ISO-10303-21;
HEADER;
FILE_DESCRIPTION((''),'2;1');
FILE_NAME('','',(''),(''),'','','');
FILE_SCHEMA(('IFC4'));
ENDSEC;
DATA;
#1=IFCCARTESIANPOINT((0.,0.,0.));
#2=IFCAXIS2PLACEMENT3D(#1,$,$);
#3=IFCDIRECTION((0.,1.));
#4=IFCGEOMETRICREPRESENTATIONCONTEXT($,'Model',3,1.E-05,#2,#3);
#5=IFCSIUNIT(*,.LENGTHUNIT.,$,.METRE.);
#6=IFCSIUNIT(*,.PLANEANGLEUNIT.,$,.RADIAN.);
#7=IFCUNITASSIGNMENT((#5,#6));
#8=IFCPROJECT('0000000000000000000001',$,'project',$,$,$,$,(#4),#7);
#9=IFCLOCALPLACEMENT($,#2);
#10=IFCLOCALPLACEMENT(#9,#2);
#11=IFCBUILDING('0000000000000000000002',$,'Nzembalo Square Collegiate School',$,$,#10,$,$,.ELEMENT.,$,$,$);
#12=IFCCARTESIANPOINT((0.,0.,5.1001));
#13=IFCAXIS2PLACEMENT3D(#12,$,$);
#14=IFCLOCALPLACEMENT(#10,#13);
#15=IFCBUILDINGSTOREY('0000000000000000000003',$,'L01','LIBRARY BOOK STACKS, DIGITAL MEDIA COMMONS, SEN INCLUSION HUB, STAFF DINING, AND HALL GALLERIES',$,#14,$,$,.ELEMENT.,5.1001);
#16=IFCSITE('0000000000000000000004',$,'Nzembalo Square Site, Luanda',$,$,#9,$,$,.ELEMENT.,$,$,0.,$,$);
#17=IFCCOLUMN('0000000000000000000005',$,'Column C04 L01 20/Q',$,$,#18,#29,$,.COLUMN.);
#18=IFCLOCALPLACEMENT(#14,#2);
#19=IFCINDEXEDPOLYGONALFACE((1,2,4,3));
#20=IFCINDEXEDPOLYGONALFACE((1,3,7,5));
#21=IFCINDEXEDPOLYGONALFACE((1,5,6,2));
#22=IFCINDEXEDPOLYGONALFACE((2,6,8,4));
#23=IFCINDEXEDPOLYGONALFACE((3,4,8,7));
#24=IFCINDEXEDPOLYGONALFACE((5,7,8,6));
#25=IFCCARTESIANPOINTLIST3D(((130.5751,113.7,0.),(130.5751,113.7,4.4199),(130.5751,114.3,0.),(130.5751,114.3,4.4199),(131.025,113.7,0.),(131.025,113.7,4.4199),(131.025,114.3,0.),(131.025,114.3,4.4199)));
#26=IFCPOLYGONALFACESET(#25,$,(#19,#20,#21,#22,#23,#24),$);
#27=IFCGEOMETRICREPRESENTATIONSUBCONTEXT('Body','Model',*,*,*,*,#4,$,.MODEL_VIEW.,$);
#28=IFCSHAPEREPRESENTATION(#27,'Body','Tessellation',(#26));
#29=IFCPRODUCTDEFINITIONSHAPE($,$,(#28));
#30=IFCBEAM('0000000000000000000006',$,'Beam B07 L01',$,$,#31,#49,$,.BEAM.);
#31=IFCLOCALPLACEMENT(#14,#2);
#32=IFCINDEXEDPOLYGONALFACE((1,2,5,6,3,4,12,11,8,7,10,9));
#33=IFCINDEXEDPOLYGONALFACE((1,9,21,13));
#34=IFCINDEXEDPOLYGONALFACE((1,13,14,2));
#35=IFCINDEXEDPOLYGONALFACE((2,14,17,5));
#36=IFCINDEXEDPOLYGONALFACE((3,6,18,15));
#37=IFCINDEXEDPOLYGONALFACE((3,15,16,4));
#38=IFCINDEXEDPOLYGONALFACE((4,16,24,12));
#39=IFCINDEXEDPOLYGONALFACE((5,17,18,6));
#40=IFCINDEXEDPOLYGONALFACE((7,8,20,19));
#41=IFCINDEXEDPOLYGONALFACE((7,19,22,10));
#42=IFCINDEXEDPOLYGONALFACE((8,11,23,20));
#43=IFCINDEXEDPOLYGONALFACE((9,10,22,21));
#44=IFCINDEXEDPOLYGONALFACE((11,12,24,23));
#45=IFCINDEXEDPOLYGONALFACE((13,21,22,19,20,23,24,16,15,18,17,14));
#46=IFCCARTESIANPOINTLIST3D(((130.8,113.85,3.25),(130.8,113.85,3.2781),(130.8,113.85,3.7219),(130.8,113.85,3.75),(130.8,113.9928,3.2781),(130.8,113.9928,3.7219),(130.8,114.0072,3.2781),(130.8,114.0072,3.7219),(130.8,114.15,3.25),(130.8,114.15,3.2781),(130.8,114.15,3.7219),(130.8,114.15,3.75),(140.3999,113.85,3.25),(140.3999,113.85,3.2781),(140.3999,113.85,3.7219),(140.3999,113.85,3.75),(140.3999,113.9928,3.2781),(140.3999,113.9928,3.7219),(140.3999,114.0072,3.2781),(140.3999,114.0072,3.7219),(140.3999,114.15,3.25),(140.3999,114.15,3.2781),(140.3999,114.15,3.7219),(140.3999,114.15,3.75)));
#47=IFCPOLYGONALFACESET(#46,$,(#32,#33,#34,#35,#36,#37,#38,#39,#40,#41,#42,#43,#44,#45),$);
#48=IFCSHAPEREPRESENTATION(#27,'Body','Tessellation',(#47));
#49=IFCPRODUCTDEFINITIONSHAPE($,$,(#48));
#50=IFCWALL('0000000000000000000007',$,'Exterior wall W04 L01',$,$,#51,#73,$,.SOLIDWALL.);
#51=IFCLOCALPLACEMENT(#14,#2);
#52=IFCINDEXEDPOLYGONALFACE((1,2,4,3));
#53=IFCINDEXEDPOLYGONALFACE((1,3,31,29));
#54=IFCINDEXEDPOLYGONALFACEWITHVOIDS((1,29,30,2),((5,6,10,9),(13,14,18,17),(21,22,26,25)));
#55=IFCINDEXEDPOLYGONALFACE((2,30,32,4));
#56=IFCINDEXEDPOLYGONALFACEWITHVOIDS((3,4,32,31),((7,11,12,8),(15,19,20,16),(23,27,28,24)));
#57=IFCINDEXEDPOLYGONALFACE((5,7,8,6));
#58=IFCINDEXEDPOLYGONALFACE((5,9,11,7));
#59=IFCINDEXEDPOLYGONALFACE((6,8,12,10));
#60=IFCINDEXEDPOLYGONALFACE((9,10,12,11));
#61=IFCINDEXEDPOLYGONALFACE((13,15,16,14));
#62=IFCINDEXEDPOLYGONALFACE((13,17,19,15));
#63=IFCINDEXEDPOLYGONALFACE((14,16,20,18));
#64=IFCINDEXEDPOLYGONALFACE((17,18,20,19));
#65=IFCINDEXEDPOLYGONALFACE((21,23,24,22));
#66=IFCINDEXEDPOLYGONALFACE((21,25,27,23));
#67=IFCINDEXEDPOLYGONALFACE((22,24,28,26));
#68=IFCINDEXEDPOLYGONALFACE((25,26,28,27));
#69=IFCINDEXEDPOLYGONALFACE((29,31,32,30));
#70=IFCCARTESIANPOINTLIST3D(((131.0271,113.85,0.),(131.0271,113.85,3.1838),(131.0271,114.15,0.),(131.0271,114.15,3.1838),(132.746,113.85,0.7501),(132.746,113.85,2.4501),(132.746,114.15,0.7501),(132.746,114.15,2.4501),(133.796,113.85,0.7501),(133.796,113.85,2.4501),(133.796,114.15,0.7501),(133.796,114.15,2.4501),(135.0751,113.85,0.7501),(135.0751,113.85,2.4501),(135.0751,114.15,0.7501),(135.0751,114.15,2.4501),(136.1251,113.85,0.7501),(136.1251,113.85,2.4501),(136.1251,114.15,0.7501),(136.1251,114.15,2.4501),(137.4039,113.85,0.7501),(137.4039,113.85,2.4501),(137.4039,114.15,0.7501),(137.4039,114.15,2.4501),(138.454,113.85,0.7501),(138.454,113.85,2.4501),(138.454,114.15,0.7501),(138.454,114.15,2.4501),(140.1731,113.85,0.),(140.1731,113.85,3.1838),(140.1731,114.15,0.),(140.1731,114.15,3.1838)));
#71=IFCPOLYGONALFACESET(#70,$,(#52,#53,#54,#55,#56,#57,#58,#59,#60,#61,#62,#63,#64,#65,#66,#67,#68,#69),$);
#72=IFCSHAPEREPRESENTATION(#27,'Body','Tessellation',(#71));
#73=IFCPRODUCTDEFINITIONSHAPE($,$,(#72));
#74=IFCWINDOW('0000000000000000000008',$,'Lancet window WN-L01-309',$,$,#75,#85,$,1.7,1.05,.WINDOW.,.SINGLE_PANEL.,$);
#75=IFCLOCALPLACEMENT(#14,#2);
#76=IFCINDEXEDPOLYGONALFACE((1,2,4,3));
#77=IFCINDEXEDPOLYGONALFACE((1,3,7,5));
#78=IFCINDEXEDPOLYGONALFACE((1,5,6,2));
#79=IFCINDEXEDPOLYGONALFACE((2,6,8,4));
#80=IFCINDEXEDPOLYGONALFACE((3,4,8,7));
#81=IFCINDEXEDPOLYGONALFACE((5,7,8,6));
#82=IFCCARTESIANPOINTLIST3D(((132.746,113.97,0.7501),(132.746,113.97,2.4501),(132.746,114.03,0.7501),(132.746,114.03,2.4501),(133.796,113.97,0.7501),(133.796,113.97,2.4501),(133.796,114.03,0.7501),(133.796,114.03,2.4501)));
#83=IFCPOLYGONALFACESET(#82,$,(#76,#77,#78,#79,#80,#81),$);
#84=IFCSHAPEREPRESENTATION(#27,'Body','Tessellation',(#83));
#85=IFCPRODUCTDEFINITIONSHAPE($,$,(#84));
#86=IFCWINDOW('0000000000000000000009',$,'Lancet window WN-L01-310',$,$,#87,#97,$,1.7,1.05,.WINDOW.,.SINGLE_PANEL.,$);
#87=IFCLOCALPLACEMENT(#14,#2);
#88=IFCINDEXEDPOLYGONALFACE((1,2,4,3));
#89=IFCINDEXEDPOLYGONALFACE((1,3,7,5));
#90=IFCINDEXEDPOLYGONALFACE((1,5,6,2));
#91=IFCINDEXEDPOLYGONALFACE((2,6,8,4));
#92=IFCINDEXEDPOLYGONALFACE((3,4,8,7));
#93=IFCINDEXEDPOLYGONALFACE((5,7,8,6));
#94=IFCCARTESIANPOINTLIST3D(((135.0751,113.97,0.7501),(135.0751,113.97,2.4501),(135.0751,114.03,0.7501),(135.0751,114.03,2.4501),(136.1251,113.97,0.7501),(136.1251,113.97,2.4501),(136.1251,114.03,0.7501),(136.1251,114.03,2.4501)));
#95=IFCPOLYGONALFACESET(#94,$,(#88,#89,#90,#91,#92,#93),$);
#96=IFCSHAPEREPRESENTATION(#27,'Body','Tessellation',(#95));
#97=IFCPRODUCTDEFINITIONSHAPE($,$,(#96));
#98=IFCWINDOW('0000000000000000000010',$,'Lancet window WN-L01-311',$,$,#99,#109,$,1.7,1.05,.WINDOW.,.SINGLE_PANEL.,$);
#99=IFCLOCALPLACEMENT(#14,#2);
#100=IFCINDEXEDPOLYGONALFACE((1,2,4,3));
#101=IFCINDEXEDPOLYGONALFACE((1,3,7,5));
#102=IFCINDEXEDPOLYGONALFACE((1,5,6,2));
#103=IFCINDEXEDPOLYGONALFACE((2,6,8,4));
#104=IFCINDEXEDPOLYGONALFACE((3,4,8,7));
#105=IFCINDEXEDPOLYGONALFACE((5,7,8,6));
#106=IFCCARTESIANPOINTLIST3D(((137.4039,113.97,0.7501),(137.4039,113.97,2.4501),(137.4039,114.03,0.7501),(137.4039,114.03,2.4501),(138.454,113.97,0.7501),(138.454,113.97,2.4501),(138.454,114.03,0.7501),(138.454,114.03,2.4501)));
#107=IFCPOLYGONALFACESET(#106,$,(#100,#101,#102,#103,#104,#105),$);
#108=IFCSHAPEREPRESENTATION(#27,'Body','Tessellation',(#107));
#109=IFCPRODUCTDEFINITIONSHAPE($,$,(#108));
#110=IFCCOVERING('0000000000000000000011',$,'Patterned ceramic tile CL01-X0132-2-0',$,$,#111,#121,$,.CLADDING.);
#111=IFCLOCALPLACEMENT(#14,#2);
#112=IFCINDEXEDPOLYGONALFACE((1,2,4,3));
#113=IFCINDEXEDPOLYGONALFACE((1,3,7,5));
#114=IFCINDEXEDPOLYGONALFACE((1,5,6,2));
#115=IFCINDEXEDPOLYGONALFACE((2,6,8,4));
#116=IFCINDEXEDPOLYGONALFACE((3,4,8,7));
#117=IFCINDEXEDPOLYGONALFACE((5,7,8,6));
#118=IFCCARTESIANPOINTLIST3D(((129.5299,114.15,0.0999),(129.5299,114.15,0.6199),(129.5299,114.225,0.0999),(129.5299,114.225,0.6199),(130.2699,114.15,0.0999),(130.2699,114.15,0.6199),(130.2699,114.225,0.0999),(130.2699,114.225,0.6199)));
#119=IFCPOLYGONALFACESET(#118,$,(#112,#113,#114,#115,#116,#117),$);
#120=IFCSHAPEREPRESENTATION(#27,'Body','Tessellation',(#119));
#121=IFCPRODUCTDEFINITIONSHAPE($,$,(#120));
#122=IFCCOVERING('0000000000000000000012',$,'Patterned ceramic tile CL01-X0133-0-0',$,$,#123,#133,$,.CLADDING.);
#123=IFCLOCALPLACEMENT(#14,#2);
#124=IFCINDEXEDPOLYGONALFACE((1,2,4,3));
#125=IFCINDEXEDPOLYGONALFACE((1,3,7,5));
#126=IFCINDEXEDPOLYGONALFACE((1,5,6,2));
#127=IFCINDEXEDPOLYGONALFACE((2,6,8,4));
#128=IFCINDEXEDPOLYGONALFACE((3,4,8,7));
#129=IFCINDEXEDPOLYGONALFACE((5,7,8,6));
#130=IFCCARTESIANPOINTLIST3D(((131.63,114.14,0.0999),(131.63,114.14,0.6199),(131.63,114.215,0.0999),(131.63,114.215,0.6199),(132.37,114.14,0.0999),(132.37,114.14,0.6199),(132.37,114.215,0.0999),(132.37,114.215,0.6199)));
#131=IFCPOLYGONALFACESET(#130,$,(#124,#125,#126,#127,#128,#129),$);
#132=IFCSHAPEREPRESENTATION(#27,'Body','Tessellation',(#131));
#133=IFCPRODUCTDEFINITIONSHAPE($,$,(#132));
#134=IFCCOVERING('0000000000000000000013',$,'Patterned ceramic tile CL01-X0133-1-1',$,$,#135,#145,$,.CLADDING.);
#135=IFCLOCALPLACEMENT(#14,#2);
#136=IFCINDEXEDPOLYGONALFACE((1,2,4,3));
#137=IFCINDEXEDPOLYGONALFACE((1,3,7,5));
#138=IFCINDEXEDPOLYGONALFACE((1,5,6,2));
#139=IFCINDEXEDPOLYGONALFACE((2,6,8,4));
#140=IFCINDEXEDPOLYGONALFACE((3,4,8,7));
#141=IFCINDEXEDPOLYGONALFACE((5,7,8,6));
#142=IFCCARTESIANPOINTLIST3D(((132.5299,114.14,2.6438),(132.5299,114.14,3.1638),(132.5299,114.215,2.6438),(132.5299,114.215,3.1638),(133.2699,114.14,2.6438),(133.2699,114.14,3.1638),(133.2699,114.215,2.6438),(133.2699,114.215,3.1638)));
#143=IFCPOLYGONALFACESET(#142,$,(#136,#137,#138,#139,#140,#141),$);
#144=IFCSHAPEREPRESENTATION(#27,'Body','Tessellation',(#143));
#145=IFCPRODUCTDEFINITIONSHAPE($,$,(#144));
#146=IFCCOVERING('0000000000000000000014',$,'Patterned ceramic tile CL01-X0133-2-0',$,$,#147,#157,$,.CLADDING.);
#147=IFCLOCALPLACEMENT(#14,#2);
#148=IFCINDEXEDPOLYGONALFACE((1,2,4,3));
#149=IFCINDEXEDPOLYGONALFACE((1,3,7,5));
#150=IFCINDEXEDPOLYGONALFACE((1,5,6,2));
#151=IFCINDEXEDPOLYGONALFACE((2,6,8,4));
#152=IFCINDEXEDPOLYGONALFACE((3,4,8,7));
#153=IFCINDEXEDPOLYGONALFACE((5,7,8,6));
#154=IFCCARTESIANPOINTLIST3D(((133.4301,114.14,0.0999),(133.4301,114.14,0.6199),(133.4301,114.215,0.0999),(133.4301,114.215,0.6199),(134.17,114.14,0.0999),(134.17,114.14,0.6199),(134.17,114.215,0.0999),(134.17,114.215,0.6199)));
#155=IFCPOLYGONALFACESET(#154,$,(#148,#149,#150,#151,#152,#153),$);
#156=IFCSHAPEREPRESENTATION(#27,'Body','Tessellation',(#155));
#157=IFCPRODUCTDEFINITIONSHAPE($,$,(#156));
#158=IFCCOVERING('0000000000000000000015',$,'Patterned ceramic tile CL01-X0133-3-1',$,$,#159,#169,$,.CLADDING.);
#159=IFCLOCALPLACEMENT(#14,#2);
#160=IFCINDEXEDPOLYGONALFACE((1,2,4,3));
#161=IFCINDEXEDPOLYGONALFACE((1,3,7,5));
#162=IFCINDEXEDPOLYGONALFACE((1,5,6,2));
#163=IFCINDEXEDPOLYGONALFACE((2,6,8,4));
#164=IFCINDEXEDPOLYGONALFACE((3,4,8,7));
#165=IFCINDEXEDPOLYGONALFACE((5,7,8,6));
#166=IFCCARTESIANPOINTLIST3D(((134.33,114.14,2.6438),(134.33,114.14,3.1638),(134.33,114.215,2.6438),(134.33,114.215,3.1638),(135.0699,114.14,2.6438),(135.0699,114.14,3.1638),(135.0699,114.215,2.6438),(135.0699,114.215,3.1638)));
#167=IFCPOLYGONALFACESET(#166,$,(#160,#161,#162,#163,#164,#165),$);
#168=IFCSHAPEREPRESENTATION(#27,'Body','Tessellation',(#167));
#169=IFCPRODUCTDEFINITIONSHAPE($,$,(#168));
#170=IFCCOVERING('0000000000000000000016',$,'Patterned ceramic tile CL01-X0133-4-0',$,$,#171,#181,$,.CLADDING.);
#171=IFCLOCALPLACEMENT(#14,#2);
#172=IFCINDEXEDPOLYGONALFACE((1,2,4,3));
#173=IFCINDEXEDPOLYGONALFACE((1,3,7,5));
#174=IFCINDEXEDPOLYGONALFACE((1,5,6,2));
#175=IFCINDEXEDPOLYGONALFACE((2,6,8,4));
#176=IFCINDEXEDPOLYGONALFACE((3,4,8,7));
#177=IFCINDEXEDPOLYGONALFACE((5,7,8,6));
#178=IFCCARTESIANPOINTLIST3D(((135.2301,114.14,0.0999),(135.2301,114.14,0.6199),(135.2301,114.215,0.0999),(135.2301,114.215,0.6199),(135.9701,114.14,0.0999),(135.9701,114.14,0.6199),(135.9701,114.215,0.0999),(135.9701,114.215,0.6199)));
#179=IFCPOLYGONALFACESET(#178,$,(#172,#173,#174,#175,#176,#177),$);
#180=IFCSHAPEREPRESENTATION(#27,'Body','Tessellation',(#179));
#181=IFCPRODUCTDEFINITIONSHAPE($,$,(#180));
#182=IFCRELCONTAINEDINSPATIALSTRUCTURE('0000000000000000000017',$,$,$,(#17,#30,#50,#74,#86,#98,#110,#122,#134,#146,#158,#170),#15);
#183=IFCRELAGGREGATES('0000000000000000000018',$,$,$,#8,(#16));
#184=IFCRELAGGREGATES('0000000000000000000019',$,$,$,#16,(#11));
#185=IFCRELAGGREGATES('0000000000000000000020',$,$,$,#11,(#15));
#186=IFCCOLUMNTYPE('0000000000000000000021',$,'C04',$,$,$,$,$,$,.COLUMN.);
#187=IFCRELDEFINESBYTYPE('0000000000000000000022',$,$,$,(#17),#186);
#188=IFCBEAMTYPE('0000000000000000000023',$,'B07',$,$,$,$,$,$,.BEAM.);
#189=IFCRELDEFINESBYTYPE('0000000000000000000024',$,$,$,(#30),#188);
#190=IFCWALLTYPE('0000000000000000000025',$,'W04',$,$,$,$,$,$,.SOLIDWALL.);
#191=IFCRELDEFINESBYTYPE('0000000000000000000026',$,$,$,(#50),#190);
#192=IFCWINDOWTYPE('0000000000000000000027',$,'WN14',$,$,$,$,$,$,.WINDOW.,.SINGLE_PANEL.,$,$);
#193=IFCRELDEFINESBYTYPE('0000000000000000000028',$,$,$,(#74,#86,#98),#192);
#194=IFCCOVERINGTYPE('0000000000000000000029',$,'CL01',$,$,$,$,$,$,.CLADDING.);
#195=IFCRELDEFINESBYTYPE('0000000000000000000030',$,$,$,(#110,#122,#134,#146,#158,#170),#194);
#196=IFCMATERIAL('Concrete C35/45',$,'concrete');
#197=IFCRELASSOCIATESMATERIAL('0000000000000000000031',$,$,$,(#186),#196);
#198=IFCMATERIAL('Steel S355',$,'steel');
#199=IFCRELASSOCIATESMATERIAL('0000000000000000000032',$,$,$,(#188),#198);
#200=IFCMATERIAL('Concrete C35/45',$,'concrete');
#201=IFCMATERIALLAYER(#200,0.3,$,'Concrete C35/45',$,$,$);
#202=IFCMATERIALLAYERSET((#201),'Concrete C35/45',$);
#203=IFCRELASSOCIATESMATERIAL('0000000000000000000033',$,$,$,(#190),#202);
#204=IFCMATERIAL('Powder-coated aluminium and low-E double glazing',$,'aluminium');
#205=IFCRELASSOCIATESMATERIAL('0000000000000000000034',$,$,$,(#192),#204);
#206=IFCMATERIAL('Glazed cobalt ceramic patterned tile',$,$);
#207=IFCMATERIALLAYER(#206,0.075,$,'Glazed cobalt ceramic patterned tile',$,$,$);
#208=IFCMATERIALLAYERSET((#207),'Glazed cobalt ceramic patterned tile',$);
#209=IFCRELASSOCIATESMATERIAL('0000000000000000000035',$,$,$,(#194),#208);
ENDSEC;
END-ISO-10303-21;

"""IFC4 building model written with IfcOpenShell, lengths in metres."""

from ifc_helpers import new_model, si_unit, direction, frame, frame_2d, origin, origin_2d, place, context, subcontext, project, spatial, rectangle, i_section, extrude, material, layer, layer_set, material_profile, profile_set, type_object, element, fill, save


model = new_model("IFC4")

# Units and contexts
model_context = context("Model", 3, precision=1e-05, world=origin(), true_north=direction((0.0, 1.0)))
body_context = subcontext(model_context, "Body", "Model", "MODEL_VIEW")
ifc_project = project(units=[si_unit("LENGTHUNIT", "METRE"), si_unit("PLANEANGLEUNIT", "RADIAN")], contexts=[model_context])

# Site, building, storey
site_placement = place(None, origin())
site = spatial("IfcSite", under=ifc_project, at=site_placement, Name="Nzembalo Square Site, Luanda", CompositionType="ELEMENT", RefElevation=0.0)
building_placement = place(site_placement, origin())
building = spatial("IfcBuilding", under=site, at=building_placement, Name="Nzembalo Square Collegiate School", CompositionType="ELEMENT")
storey_placement = place(building_placement, frame((0.0, 0.0, 5.1001)))
storey = spatial("IfcBuildingStorey", under=building, at=storey_placement, Name="L01", Description="LIBRARY BOOK STACKS, DIGITAL MEDIA COMMONS, SEN INCLUSION HUB, STAFF DINING, AND HALL GALLERIES", CompositionType="ELEMENT", Elevation=5.1001)

# Column
ifc_material_1 = material(Name="Concrete C35/45", Category="concrete")
ifc_material_profile_1 = material_profile(ifc_material_1, rectangle(XDim=0.45, YDim=0.6001, at=origin_2d()), Name="RC 450x600")
ifc_profile_set_1 = profile_set([ifc_material_profile_1], Name="Concrete C35/45")
column_type = type_object("IfcColumnType", Name="C04", PredefinedType="COLUMN", material=ifc_profile_set_1)
column_placement = place(storey_placement, frame((130.8, 114.0, 0.0), z_axis=(0.0, 0.0, 1.0), x_axis=(1.0, 0.0, 0.0)))
element("IfcColumn", 1, at=column_placement, inside=storey, type_object=column_type, Name="Column C04 L01 20/Q", PredefinedType="COLUMN", context=body_context, shape_type="SweptSolid", body=[
    extrude(rectangle(XDim=0.45, YDim=0.6001, at=origin_2d()), origin(), (0.0, 0.0, 1.0), 4.4199),
])

# Beam
ifc_material_2 = material(Name="Steel S355", Category="steel")
ifc_material_profile_2 = material_profile(ifc_material_2, i_section(OverallWidth=0.3, OverallDepth=0.5, WebThickness=0.0144, FlangeThickness=0.0281, at=origin_2d()), Name="HEB 500")
ifc_profile_set_2 = profile_set([ifc_material_profile_2], Name="Steel S355")
beam_type = type_object("IfcBeamType", Name="B07", PredefinedType="BEAM", material=ifc_profile_set_2)
beam_placement = place(storey_placement, frame((130.8, 114.0, 3.5), z_axis=(1.0, 0.0, 0.0), x_axis=(0.0, 1.0, 0.0)))
element("IfcBeam", 2, at=beam_placement, inside=storey, type_object=beam_type, Name="Beam B07 L01", PredefinedType="BEAM", context=body_context, shape_type="SweptSolid", body=[
    extrude(i_section(OverallWidth=0.3, OverallDepth=0.5, WebThickness=0.0144, FlangeThickness=0.0281, at=origin_2d()), origin(), (0.0, 0.0, 1.0), 9.5999),
])

# Wall, openings, windows
ifc_material_3 = material(Name="Concrete C35/45", Category="concrete")
ifc_layer_1 = layer(ifc_material_3, 0.3, Name="Concrete C35/45")
ifc_layer_set_1 = layer_set([ifc_layer_1], Name="Concrete C35/45")
wall_type = type_object("IfcWallType", Name="W04", PredefinedType="SOLIDWALL", material=ifc_layer_set_1)
wall_placement = place(storey_placement, frame((131.0271, 114.0, 0.0), z_axis=(0.0, 0.0, 1.0), x_axis=(1.0, 0.0, 0.0)))
wall = element("IfcWall", 3, at=wall_placement, inside=storey, type_object=wall_type, Name="Exterior wall W04 L01", PredefinedType="SOLIDWALL", context=body_context, shape_type="SweptSolid", body=[
    extrude(rectangle(XDim=9.146, YDim=0.3, at=frame_2d((4.573, 0.0))), origin(), (0.0, 0.0, 1.0), 3.1838),
])
opening_1_placement = place(wall_placement, frame((1.719, 0.0, 0.75)))
opening_1 = element("IfcOpeningElement", 4, at=opening_1_placement, cuts=wall, PredefinedType="OPENING", context=body_context, shape_type="SweptSolid", body=[
    extrude(rectangle(XDim=1.05, YDim=1.7, at=frame_2d((0.5249, 0.8501))), frame((0.0, 0.1602, 0.0), z_axis=(0.0, -1.0, 0.0), x_axis=(1.0, 0.0, 0.0)), (0.0, 0.0, 1.0), 0.3201),
])
opening_2_placement = place(wall_placement, frame((4.0481, 0.0, 0.75)))
opening_2 = element("IfcOpeningElement", 5, at=opening_2_placement, cuts=wall, PredefinedType="OPENING", context=body_context, shape_type="SweptSolid", body=[
    extrude(rectangle(XDim=1.05, YDim=1.7, at=frame_2d((0.5249, 0.8501))), frame((0.0, 0.1602, 0.0), z_axis=(0.0, -1.0, 0.0), x_axis=(1.0, 0.0, 0.0)), (0.0, 0.0, 1.0), 0.3201),
])
opening_3_placement = place(wall_placement, frame((6.377, 0.0, 0.75)))
opening_3 = element("IfcOpeningElement", 6, at=opening_3_placement, cuts=wall, PredefinedType="OPENING", context=body_context, shape_type="SweptSolid", body=[
    extrude(rectangle(XDim=1.05, YDim=1.7, at=frame_2d((0.5249, 0.8501))), frame((0.0, 0.1602, 0.0), z_axis=(0.0, -1.0, 0.0), x_axis=(1.0, 0.0, 0.0)), (0.0, 0.0, 1.0), 0.3201),
])
ifc_material_4 = material(Name="Powder-coated aluminium and low-E double glazing", Category="aluminium")
window_type = type_object("IfcWindowType", Name="WN14", PartitioningType="SINGLE_PANEL", PredefinedType="WINDOW", material=ifc_material_4)
window_1_placement = place(opening_1_placement, origin())
window_1 = element("IfcWindow", 7, at=window_1_placement, inside=storey, type_object=window_type, Name="Lancet window WN-L01-309", OverallHeight=1.7, OverallWidth=1.05, PartitioningType="SINGLE_PANEL", PredefinedType="WINDOW", context=body_context, shape_type="SweptSolid", body=[
    extrude(rectangle(XDim=1.05, YDim=1.7, at=frame_2d((0.5249, 0.8501))), frame((0.0, 0.03, 0.0), z_axis=(0.0, -1.0, 0.0), x_axis=(1.0, 0.0, 0.0)), (0.0, 0.0, 1.0), 0.0601),
])
fill(opening_1, window_1)
window_2_placement = place(opening_2_placement, origin())
window_2 = element("IfcWindow", 8, at=window_2_placement, inside=storey, type_object=window_type, Name="Lancet window WN-L01-310", OverallHeight=1.7, OverallWidth=1.05, PartitioningType="SINGLE_PANEL", PredefinedType="WINDOW", context=body_context, shape_type="SweptSolid", body=[
    extrude(rectangle(XDim=1.05, YDim=1.7, at=frame_2d((0.5249, 0.8501))), frame((0.0, 0.03, 0.0), z_axis=(0.0, -1.0, 0.0), x_axis=(1.0, 0.0, 0.0)), (0.0, 0.0, 1.0), 0.0601),
])
fill(opening_2, window_2)
window_3_placement = place(opening_3_placement, origin())
window_3 = element("IfcWindow", 9, at=window_3_placement, inside=storey, type_object=window_type, Name="Lancet window WN-L01-311", OverallHeight=1.7, OverallWidth=1.05, PartitioningType="SINGLE_PANEL", PredefinedType="WINDOW", context=body_context, shape_type="SweptSolid", body=[
    extrude(rectangle(XDim=1.05, YDim=1.7, at=frame_2d((0.5249, 0.8501))), frame((0.0, 0.03, 0.0), z_axis=(0.0, -1.0, 0.0), x_axis=(1.0, 0.0, 0.0)), (0.0, 0.0, 1.0), 0.0601),
])
fill(opening_3, window_3)

# Coverings
ifc_material_5 = material(Name="Glazed cobalt ceramic patterned tile")
ifc_layer_2 = layer(ifc_material_5, 0.075, Name="Glazed cobalt ceramic patterned tile")
ifc_layer_set_2 = layer_set([ifc_layer_2], Name="Glazed cobalt ceramic patterned tile")
covering_type_1 = type_object("IfcCoveringType", Name="CL01", PredefinedType="CLADDING", material=ifc_layer_set_2)
for number, where, z_axis, x_axis, name in (
    (10, (129.8999, 114.1875, 0.0999), (0.0, 0.0, 1.0), (1.0, 0.0, 0.0), "Patterned ceramic tile CL01-X0132-2-0"),
    (11, (132.0, 114.1775, 0.0999), (0.0, 0.0, 1.0), (1.0, 0.0, 0.0), "Patterned ceramic tile CL01-X0133-0-0"),
    (12, (132.8999, 114.1775, 2.6438), (0.0, 0.0, 1.0), (1.0, 0.0, 0.0), "Patterned ceramic tile CL01-X0133-1-1"),
    (13, (133.8, 114.1775, 0.0999), (0.0, 0.0, 1.0), (1.0, 0.0, 0.0), "Patterned ceramic tile CL01-X0133-2-0"),
    (14, (134.7, 114.1775, 2.6438), (0.0, 0.0, 1.0), (1.0, 0.0, 0.0), "Patterned ceramic tile CL01-X0133-3-1"),
    (15, (135.6001, 114.1775, 0.0999), (0.0, 0.0, 1.0), (1.0, 0.0, 0.0), "Patterned ceramic tile CL01-X0133-4-0"),
):
    element("IfcCovering", number, at=place(storey_placement, frame(where, z_axis=z_axis, x_axis=x_axis)), inside=storey, type_object=covering_type_1, Name=name, PredefinedType="CLADDING", context=body_context, shape_type="SweptSolid", body=[
        extrude(rectangle(XDim=0.74, YDim=0.075, at=origin_2d()), origin(), (0.0, 0.0, 1.0), 0.52),
    ])

save(model, "model.ifc")
